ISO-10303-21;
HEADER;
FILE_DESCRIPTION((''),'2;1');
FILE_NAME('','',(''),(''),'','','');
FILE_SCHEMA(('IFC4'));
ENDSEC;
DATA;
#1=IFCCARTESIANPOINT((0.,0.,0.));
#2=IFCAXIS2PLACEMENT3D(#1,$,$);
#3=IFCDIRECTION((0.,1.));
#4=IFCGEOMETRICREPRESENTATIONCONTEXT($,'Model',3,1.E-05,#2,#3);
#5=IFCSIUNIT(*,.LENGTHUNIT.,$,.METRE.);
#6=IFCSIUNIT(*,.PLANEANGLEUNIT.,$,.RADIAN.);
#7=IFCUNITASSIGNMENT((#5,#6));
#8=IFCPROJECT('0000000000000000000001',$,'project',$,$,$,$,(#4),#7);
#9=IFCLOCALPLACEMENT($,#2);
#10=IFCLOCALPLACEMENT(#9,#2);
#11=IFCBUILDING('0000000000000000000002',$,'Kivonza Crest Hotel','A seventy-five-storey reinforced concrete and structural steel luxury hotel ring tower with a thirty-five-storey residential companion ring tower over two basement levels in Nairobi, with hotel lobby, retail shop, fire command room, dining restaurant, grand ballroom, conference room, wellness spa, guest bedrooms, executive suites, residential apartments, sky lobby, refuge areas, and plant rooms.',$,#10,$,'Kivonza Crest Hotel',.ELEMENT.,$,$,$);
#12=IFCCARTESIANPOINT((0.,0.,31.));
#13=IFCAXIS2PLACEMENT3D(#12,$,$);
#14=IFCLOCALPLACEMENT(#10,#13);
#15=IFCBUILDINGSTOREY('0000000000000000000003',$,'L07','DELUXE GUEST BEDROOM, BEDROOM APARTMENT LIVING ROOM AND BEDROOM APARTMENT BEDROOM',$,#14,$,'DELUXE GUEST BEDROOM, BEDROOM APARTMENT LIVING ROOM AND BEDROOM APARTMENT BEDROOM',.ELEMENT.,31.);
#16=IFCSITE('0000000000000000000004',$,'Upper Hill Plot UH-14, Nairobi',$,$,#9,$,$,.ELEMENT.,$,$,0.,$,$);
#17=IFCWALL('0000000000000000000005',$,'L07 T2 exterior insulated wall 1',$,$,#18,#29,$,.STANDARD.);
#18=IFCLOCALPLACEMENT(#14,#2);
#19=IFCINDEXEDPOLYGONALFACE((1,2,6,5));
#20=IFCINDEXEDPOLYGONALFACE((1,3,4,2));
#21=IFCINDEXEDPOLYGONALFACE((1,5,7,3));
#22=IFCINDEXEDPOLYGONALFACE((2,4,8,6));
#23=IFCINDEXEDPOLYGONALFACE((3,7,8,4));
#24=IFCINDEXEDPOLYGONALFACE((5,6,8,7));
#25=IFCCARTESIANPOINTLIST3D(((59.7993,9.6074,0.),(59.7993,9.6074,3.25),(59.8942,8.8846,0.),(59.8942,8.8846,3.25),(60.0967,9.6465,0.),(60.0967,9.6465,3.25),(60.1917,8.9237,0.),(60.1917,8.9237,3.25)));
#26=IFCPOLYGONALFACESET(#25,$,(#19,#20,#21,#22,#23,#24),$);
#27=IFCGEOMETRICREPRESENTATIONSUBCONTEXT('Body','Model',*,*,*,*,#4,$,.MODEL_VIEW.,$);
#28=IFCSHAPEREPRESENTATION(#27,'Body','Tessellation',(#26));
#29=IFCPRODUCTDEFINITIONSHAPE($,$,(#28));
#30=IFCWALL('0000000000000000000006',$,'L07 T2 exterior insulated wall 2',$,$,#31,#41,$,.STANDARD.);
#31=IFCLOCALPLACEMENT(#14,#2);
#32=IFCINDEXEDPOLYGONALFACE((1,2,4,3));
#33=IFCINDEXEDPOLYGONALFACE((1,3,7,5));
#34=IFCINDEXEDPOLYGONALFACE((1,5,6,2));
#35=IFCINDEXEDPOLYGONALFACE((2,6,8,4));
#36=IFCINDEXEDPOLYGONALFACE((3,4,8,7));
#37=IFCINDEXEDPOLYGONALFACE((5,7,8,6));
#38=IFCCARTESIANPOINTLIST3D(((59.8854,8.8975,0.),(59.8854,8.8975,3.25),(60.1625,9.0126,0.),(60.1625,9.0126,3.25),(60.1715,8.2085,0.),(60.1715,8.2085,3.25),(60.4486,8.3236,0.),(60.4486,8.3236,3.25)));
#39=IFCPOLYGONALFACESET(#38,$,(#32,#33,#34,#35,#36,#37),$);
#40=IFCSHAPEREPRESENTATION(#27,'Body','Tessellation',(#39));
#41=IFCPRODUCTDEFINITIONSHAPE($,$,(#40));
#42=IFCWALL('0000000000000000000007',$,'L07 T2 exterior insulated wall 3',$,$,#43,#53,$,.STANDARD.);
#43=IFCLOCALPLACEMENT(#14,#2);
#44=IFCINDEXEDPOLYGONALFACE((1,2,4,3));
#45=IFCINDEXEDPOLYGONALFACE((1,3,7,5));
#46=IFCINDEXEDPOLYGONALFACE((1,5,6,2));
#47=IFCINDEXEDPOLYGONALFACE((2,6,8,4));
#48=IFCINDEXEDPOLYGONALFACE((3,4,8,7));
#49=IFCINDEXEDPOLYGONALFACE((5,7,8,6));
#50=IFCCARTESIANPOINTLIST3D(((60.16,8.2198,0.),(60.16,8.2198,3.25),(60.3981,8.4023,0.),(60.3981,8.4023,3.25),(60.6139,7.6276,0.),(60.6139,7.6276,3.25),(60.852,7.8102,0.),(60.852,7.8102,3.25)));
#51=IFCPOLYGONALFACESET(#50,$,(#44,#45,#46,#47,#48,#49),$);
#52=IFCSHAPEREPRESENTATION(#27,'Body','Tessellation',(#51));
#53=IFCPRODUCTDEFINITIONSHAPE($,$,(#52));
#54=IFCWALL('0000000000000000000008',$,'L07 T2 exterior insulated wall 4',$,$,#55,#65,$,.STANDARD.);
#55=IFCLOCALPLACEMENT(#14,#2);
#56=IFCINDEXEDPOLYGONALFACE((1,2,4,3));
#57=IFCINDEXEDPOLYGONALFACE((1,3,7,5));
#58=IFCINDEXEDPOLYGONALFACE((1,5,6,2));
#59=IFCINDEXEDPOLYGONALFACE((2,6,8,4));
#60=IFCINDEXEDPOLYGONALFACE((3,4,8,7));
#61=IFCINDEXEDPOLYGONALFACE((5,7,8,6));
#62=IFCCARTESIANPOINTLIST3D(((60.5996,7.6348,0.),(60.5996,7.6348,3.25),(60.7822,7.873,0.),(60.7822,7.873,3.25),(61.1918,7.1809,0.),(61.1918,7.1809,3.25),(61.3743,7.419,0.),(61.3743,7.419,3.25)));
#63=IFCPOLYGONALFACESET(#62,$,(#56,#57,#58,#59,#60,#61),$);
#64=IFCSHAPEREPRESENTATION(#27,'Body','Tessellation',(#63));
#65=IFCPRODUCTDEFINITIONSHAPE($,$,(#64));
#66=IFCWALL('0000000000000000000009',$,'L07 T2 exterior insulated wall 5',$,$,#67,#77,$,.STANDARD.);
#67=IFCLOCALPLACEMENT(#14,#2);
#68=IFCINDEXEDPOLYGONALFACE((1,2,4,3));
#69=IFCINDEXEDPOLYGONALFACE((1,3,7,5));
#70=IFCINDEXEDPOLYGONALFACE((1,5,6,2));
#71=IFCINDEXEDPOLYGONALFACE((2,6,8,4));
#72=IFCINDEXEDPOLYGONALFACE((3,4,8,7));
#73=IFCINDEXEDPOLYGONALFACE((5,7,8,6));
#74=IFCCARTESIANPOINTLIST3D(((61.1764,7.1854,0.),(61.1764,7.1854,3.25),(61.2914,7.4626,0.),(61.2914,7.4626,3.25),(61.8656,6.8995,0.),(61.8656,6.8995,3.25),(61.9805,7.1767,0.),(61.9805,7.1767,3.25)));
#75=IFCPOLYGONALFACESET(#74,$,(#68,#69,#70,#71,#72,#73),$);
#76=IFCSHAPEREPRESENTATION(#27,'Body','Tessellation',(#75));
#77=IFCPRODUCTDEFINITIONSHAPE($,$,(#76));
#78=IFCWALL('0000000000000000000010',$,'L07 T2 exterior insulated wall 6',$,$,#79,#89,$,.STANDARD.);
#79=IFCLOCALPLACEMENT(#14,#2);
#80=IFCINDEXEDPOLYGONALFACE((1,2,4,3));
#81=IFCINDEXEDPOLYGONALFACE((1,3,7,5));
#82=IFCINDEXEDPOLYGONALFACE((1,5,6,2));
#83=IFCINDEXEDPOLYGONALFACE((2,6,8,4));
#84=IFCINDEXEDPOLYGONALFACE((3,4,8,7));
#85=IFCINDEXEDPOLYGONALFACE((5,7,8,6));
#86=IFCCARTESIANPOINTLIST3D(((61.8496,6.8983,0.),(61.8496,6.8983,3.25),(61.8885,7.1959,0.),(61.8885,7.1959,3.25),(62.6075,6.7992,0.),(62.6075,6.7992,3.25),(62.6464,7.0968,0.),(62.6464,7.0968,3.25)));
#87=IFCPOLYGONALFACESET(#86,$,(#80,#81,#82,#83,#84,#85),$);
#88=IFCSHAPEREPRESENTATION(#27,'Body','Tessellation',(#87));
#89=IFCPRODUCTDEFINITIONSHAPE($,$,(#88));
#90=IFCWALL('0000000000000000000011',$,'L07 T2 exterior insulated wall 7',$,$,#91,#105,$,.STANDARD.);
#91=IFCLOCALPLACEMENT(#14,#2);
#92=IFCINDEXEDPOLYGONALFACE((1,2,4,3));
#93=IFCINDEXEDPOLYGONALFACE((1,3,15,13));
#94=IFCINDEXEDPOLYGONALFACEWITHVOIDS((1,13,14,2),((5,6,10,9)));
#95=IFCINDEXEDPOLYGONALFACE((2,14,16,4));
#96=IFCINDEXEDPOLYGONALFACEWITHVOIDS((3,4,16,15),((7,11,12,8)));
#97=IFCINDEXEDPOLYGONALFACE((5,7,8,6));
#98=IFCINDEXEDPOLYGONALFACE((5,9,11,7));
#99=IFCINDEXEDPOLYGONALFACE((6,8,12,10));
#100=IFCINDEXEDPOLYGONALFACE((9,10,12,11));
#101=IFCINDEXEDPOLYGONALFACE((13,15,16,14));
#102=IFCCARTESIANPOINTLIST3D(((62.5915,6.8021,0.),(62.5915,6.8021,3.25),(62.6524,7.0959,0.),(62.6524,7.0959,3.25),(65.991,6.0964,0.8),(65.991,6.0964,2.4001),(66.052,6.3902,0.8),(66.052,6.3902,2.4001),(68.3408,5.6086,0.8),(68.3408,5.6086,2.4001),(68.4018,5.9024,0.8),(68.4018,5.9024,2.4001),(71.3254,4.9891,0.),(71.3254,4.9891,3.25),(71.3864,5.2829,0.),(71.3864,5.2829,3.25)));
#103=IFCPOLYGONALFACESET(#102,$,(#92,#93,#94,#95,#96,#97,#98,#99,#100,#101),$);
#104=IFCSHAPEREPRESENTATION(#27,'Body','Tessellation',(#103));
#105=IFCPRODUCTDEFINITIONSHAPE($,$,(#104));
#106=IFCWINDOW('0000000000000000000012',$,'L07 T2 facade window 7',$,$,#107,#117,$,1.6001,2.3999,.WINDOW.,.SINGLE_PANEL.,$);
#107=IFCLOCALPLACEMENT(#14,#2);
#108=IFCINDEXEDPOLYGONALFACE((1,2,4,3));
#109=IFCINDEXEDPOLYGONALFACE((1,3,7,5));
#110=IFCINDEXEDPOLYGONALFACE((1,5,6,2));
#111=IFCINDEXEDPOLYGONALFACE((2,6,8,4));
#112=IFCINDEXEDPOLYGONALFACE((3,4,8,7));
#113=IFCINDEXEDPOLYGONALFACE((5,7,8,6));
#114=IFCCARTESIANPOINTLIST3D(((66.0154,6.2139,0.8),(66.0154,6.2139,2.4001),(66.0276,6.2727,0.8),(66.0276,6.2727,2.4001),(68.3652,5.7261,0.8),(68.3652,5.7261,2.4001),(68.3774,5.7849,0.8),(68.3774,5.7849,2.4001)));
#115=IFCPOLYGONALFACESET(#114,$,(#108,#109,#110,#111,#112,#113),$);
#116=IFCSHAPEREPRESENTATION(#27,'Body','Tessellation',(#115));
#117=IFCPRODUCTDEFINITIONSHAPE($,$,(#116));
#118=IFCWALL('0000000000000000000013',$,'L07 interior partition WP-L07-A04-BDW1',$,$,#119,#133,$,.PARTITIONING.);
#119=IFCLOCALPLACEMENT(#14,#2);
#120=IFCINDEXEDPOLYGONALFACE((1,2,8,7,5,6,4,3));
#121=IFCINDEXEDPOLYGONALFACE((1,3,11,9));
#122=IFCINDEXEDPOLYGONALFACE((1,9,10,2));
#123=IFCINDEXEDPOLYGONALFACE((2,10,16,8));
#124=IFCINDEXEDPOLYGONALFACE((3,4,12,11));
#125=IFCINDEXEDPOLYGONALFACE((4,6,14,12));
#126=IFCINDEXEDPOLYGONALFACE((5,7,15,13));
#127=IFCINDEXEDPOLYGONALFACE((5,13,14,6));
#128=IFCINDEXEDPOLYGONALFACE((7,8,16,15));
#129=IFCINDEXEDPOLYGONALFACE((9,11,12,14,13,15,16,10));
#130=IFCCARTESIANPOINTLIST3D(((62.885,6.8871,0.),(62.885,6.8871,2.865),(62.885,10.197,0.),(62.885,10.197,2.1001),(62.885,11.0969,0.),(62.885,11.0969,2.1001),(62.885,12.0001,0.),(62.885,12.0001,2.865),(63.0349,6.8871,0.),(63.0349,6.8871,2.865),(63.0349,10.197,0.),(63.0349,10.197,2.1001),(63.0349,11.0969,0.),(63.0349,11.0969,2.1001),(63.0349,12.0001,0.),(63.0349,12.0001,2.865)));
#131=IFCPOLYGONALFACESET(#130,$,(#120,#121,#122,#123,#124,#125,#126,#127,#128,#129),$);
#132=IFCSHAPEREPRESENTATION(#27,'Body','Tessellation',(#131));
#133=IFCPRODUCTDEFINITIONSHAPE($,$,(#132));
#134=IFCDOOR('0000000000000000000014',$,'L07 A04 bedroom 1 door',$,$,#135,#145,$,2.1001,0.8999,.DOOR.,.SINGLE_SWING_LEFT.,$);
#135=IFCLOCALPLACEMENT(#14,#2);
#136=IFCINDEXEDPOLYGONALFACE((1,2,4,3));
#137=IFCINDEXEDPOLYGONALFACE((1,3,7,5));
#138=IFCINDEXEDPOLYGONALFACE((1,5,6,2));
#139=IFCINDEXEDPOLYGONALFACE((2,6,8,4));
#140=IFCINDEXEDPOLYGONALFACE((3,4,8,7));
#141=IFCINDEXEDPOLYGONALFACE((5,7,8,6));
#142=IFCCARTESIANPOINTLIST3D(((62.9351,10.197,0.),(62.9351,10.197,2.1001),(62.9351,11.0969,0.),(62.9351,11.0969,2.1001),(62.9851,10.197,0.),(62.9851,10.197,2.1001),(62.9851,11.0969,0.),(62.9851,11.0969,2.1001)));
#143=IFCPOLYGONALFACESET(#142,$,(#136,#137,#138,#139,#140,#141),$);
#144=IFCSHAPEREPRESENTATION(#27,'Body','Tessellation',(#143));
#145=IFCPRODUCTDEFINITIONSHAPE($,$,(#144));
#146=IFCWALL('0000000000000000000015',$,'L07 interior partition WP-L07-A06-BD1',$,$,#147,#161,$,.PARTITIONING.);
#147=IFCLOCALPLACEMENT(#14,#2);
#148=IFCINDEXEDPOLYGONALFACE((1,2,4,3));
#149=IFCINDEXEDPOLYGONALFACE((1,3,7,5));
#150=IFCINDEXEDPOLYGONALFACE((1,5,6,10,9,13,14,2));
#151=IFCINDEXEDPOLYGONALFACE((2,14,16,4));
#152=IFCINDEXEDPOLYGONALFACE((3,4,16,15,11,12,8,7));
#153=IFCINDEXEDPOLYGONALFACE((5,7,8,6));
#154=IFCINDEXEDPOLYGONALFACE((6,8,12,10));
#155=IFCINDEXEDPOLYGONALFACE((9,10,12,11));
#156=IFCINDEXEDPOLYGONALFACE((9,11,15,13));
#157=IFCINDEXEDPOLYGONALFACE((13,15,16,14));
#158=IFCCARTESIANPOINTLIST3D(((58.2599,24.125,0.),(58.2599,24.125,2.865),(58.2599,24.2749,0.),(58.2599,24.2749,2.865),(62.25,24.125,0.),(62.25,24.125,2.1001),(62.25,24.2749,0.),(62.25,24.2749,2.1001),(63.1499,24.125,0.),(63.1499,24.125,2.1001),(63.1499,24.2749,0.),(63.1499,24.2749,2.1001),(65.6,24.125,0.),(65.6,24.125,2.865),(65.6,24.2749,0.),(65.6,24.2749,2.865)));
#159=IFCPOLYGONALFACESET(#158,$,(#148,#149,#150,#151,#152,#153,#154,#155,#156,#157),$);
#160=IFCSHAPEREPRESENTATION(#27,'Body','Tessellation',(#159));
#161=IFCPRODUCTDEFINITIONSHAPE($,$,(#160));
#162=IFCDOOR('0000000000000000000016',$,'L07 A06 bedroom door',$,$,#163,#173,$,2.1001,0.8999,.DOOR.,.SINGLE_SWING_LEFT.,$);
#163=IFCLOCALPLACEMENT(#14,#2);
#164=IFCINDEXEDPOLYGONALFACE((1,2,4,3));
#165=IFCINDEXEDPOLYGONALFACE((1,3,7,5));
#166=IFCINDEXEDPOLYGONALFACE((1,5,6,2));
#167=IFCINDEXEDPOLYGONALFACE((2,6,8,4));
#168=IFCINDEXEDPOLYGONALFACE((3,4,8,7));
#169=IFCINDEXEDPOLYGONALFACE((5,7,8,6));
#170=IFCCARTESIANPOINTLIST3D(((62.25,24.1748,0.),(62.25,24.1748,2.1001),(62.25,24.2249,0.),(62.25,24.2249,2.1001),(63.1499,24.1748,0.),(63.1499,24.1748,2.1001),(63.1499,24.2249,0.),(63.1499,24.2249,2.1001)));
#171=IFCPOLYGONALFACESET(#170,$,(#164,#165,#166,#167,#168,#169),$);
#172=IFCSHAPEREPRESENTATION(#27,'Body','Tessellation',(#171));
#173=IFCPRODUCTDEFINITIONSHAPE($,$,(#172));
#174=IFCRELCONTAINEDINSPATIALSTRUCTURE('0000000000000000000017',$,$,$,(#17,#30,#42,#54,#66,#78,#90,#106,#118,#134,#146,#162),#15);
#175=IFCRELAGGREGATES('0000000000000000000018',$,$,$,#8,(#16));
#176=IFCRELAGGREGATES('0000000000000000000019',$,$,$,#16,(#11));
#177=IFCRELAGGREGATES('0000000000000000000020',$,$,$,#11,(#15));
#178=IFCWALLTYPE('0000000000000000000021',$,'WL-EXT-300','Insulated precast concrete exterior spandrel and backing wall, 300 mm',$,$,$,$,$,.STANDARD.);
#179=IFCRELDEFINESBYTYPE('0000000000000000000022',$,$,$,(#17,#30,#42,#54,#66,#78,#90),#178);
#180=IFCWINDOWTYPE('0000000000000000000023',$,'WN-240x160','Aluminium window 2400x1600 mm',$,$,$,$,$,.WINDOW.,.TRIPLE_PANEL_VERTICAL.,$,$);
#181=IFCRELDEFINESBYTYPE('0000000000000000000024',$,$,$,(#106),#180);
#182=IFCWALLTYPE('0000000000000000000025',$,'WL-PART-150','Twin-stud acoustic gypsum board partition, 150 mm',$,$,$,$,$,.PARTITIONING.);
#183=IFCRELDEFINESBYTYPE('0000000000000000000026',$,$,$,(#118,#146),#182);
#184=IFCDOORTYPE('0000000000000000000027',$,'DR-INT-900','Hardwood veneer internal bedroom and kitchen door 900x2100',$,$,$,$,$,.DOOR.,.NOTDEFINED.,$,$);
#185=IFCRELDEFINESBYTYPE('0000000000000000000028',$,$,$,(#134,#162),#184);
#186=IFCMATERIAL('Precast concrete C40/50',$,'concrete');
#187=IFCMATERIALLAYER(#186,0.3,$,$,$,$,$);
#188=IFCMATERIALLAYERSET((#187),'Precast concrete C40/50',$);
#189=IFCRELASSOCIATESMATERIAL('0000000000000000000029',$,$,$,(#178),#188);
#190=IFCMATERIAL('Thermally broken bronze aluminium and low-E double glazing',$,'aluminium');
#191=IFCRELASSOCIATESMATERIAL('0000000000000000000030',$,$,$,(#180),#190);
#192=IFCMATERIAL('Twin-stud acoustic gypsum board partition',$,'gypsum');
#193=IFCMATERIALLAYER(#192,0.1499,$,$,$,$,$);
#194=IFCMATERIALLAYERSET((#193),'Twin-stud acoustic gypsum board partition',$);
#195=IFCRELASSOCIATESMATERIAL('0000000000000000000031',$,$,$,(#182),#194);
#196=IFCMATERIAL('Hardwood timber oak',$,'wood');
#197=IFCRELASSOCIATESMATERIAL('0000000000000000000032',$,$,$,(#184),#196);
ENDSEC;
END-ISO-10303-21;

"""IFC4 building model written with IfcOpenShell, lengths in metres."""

from ifc_helpers import new_model, si_unit, direction, frame, frame_2d, origin, place, context, subcontext, project, spatial, rectangle, extrude, material, layer, layer_set, type_object, element, fill, save


model = new_model("IFC4")

# Units and contexts
model_context = context("Model", 3, precision=1e-05, world=origin(), true_north=direction((0.0, 1.0)))
body_context = subcontext(model_context, "Body", "Model", "MODEL_VIEW")
ifc_project = project(units=[si_unit("LENGTHUNIT", "METRE"), si_unit("PLANEANGLEUNIT", "RADIAN")], contexts=[model_context])

# Site, building, storey
site_placement = place(None, origin())
site = spatial("IfcSite", under=ifc_project, at=site_placement, Name="Upper Hill Plot UH-14, Nairobi", CompositionType="ELEMENT", RefElevation=0.0)
building_placement = place(site_placement, origin())
building = spatial("IfcBuilding", under=site, at=building_placement, Name="Kivonza Crest Hotel", Description="A seventy-five-storey reinforced concrete and structural steel luxury hotel ring tower with a thirty-five-storey residential companion ring tower over two basement levels in Nairobi, with hotel lobby, retail shop, fire command room, dining restaurant, grand ballroom, conference room, wellness spa, guest bedrooms, executive suites, residential apartments, sky lobby, refuge areas, and plant rooms.", LongName="Kivonza Crest Hotel", CompositionType="ELEMENT")
storey_placement = place(building_placement, frame((0.0, 0.0, 31.0)))
storey = spatial("IfcBuildingStorey", under=building, at=storey_placement, Name="L07", Description="DELUXE GUEST BEDROOM, BEDROOM APARTMENT LIVING ROOM AND BEDROOM APARTMENT BEDROOM", LongName="DELUXE GUEST BEDROOM, BEDROOM APARTMENT LIVING ROOM AND BEDROOM APARTMENT BEDROOM", CompositionType="ELEMENT", Elevation=31.0)

# Walls
ifc_material_1 = material(Name="Precast concrete C40/50", Category="concrete")
ifc_layer_1 = layer(ifc_material_1, 0.3)
ifc_layer_set_1 = layer_set([ifc_layer_1], Name="Precast concrete C40/50")
wall_type_1 = type_object("IfcWallType", Name="WL-EXT-300", Description="Insulated precast concrete exterior spandrel and backing wall, 300 mm", PredefinedType="STANDARD", material=ifc_layer_set_1)
wall_1_placement = place(storey_placement, frame((59.948, 9.627, 0.0), z_axis=(0.0, 0.0, 1.0), x_axis=(0.130255, -0.99148, 0.0)))
element("IfcWall", 1, at=wall_1_placement, inside=storey, type_object=wall_type_1, Name="L07 T2 exterior insulated wall 1", PredefinedType="STANDARD", context=body_context, shape_type="SweptSolid", body=[
    extrude(rectangle(XDim=0.729, YDim=0.3, at=frame_2d((0.3645, 0.0))), origin(), (0.0, 0.0, 1.0), 3.25),
])
for number, where, z_axis, x_axis, name in (
    (2, (60.0239, 8.9551, 0.0), (0.0, 0.0, 1.0), (0.383546, -0.923522, 0.0), "L07 T2 exterior insulated wall 2"),
    (3, (60.2791, 8.311, 0.0), (0.0, 0.0, 1.0), (0.608397, -0.793633, 0.0), "L07 T2 exterior insulated wall 3"),
    (4, (60.6909, 7.7539, 0.0), (0.0, 0.0, 1.0), (0.793633, -0.608397, 0.0), "L07 T2 exterior insulated wall 4"),
    (5, (61.2339, 7.324, 0.0), (0.0, 0.0, 1.0), (0.923686, -0.383151, 0.0), "L07 T2 exterior insulated wall 5"),
):
    element("IfcWall", number, at=place(storey_placement, frame(where, z_axis=z_axis, x_axis=x_axis)), inside=storey, type_object=wall_type_1, Name=name, PredefinedType="STANDARD", context=body_context, shape_type="SweptSolid", body=[
        extrude(rectangle(XDim=0.7461, YDim=0.3, at=frame_2d((0.373, 0.0))), origin(), (0.0, 0.0, 1.0), 3.25),
    ])
wall_2_placement = place(storey_placement, frame((61.8689, 7.0471, 0.0), z_axis=(0.0, 0.0, 1.0), x_axis=(0.991559, -0.129653, 0.0)))
element("IfcWall", 6, at=wall_2_placement, inside=storey, type_object=wall_type_1, Name="L07 T2 exterior insulated wall 6", PredefinedType="STANDARD", context=body_context, shape_type="SweptSolid", body=[
    extrude(rectangle(XDim=0.7644, YDim=0.3, at=frame_2d((0.3823, 0.0))), origin(), (0.0, 0.0, 1.0), 3.25),
])

# Wall, opening, window
wall_3_placement = place(storey_placement, frame((62.6221, 6.949, 0.0), z_axis=(0.0, 0.0, 1.0), x_axis=(0.979127, -0.203248, 0.0)))
wall_3 = element("IfcWall", 7, at=wall_3_placement, inside=storey, type_object=wall_type_1, Name="L07 T2 exterior insulated wall 7", PredefinedType="STANDARD", context=body_context, shape_type="SweptSolid", body=[
    extrude(rectangle(XDim=8.9202, YDim=0.3, at=frame_2d((4.46, 0.0))), origin(), (0.0, 0.0, 1.0), 3.25),
])
opening_1_placement = place(wall_3_placement, frame((3.4719, 0.0, 0.8)))
opening_1 = element("IfcOpeningElement", 8, at=opening_1_placement, cuts=wall_3, PredefinedType="OPENING", context=body_context, shape_type="SweptSolid", body=[
    extrude(rectangle(XDim=2.3999, YDim=1.6001, at=frame_2d((1.2, 0.8))), frame((0.0, 0.1602, 0.0), z_axis=(0.0, -1.0, 0.0), x_axis=(1.0, 0.0, 0.0)), (0.0, 0.0, 1.0), 0.3201),
])
ifc_material_2 = material(Name="Thermally broken bronze aluminium and low-E double glazing", Category="aluminium")
window_type = type_object("IfcWindowType", Name="WN-240x160", Description="Aluminium window 2400x1600 mm", PartitioningType="TRIPLE_PANEL_VERTICAL", PredefinedType="WINDOW", material=ifc_material_2)
window_placement = place(opening_1_placement, origin())
window = element("IfcWindow", 9, at=window_placement, inside=storey, type_object=window_type, Name="L07 T2 facade window 7", OverallHeight=1.6001, OverallWidth=2.3999, PartitioningType="SINGLE_PANEL", PredefinedType="WINDOW", context=body_context, shape_type="SweptSolid", body=[
    extrude(rectangle(XDim=2.3999, YDim=1.6001, at=frame_2d((1.2, 0.8))), frame((0.0, 0.03, 0.0), z_axis=(0.0, -1.0, 0.0), x_axis=(1.0, 0.0, 0.0)), (0.0, 0.0, 1.0), 0.0601),
])
fill(opening_1, window)

# Walls, openings, doors
ifc_material_3 = material(Name="Twin-stud acoustic gypsum board partition", Category="gypsum")
ifc_layer_2 = layer(ifc_material_3, 0.1499)
ifc_layer_set_2 = layer_set([ifc_layer_2], Name="Twin-stud acoustic gypsum board partition")
wall_type_2 = type_object("IfcWallType", Name="WL-PART-150", Description="Twin-stud acoustic gypsum board partition, 150 mm", PredefinedType="PARTITIONING", material=ifc_layer_set_2)
wall_4_placement = place(storey_placement, frame((62.96, 6.887, 0.0), z_axis=(0.0, 0.0, 1.0), x_axis=(0.0, 1.0, 0.0)))
wall_4 = element("IfcWall", 10, at=wall_4_placement, inside=storey, type_object=wall_type_2, Name="L07 interior partition WP-L07-A04-BDW1", PredefinedType="PARTITIONING", context=body_context, shape_type="SweptSolid", body=[
    extrude(rectangle(XDim=5.113, YDim=0.1499, at=frame_2d((2.5566, 0.0))), origin(), (0.0, 0.0, 1.0), 2.865),
])
opening_2_placement = place(wall_4_placement, frame((3.3101, 0.0, 0.0)))
opening_2 = element("IfcOpeningElement", 11, at=opening_2_placement, cuts=wall_4, PredefinedType="OPENING", context=body_context, shape_type="SweptSolid", body=[
    extrude(rectangle(XDim=0.8999, YDim=2.1001, at=frame_2d((0.45, 1.05))), frame((0.0, 0.085, 0.0), z_axis=(0.0, -1.0, 0.0), x_axis=(1.0, 0.0, 0.0)), (0.0, 0.0, 1.0), 0.1699),
])
ifc_material_4 = material(Name="Hardwood timber oak", Category="wood")
door_type = type_object("IfcDoorType", Name="DR-INT-900", Description="Hardwood veneer internal bedroom and kitchen door 900x2100", OperationType="NOTDEFINED", PredefinedType="DOOR", material=ifc_material_4)
door_1_placement = place(opening_2_placement, origin())
door_1 = element("IfcDoor", 12, at=door_1_placement, inside=storey, type_object=door_type, Name="L07 A04 bedroom 1 door", OperationType="SINGLE_SWING_LEFT", OverallHeight=2.1001, OverallWidth=0.8999, PredefinedType="DOOR", context=body_context, shape_type="SweptSolid", body=[
    extrude(rectangle(XDim=0.8999, YDim=2.1001, at=frame_2d((0.45, 1.05))), frame((0.0, 0.0249, 0.0), z_axis=(0.0, -1.0, 0.0), x_axis=(1.0, 0.0, 0.0)), (0.0, 0.0, 1.0), 0.05),
])
fill(opening_2, door_1)
wall_5_placement = place(storey_placement, frame((58.26, 24.2, 0.0), z_axis=(0.0, 0.0, 1.0), x_axis=(1.0, 0.0, 0.0)))
wall_5 = element("IfcWall", 13, at=wall_5_placement, inside=storey, type_object=wall_type_2, Name="L07 interior partition WP-L07-A06-BD1", PredefinedType="PARTITIONING", context=body_context, shape_type="SweptSolid", body=[
    extrude(rectangle(XDim=7.3401, YDim=0.1499, at=frame_2d((3.6699, 0.0))), origin(), (0.0, 0.0, 1.0), 2.865),
])
opening_3_placement = place(wall_5_placement, frame((3.99, 0.0, 0.0)))
opening_3 = element("IfcOpeningElement", 14, at=opening_3_placement, cuts=wall_5, PredefinedType="OPENING", context=body_context, shape_type="SweptSolid", body=[
    extrude(rectangle(XDim=0.8999, YDim=2.1001, at=frame_2d((0.45, 1.05))), frame((0.0, 0.085, 0.0), z_axis=(0.0, -1.0, 0.0), x_axis=(1.0, 0.0, 0.0)), (0.0, 0.0, 1.0), 0.1699),
])
door_2_placement = place(opening_3_placement, origin())
door_2 = element("IfcDoor", 15, at=door_2_placement, inside=storey, type_object=door_type, Name="L07 A06 bedroom door", OperationType="SINGLE_SWING_LEFT", OverallHeight=2.1001, OverallWidth=0.8999, PredefinedType="DOOR", context=body_context, shape_type="SweptSolid", body=[
    extrude(rectangle(XDim=0.8999, YDim=2.1001, at=frame_2d((0.45, 1.05))), frame((0.0, 0.0249, 0.0), z_axis=(0.0, -1.0, 0.0), x_axis=(1.0, 0.0, 0.0)), (0.0, 0.0, 1.0), 0.05),
])
fill(opening_3, door_2)

save(model, "model.ifc")
